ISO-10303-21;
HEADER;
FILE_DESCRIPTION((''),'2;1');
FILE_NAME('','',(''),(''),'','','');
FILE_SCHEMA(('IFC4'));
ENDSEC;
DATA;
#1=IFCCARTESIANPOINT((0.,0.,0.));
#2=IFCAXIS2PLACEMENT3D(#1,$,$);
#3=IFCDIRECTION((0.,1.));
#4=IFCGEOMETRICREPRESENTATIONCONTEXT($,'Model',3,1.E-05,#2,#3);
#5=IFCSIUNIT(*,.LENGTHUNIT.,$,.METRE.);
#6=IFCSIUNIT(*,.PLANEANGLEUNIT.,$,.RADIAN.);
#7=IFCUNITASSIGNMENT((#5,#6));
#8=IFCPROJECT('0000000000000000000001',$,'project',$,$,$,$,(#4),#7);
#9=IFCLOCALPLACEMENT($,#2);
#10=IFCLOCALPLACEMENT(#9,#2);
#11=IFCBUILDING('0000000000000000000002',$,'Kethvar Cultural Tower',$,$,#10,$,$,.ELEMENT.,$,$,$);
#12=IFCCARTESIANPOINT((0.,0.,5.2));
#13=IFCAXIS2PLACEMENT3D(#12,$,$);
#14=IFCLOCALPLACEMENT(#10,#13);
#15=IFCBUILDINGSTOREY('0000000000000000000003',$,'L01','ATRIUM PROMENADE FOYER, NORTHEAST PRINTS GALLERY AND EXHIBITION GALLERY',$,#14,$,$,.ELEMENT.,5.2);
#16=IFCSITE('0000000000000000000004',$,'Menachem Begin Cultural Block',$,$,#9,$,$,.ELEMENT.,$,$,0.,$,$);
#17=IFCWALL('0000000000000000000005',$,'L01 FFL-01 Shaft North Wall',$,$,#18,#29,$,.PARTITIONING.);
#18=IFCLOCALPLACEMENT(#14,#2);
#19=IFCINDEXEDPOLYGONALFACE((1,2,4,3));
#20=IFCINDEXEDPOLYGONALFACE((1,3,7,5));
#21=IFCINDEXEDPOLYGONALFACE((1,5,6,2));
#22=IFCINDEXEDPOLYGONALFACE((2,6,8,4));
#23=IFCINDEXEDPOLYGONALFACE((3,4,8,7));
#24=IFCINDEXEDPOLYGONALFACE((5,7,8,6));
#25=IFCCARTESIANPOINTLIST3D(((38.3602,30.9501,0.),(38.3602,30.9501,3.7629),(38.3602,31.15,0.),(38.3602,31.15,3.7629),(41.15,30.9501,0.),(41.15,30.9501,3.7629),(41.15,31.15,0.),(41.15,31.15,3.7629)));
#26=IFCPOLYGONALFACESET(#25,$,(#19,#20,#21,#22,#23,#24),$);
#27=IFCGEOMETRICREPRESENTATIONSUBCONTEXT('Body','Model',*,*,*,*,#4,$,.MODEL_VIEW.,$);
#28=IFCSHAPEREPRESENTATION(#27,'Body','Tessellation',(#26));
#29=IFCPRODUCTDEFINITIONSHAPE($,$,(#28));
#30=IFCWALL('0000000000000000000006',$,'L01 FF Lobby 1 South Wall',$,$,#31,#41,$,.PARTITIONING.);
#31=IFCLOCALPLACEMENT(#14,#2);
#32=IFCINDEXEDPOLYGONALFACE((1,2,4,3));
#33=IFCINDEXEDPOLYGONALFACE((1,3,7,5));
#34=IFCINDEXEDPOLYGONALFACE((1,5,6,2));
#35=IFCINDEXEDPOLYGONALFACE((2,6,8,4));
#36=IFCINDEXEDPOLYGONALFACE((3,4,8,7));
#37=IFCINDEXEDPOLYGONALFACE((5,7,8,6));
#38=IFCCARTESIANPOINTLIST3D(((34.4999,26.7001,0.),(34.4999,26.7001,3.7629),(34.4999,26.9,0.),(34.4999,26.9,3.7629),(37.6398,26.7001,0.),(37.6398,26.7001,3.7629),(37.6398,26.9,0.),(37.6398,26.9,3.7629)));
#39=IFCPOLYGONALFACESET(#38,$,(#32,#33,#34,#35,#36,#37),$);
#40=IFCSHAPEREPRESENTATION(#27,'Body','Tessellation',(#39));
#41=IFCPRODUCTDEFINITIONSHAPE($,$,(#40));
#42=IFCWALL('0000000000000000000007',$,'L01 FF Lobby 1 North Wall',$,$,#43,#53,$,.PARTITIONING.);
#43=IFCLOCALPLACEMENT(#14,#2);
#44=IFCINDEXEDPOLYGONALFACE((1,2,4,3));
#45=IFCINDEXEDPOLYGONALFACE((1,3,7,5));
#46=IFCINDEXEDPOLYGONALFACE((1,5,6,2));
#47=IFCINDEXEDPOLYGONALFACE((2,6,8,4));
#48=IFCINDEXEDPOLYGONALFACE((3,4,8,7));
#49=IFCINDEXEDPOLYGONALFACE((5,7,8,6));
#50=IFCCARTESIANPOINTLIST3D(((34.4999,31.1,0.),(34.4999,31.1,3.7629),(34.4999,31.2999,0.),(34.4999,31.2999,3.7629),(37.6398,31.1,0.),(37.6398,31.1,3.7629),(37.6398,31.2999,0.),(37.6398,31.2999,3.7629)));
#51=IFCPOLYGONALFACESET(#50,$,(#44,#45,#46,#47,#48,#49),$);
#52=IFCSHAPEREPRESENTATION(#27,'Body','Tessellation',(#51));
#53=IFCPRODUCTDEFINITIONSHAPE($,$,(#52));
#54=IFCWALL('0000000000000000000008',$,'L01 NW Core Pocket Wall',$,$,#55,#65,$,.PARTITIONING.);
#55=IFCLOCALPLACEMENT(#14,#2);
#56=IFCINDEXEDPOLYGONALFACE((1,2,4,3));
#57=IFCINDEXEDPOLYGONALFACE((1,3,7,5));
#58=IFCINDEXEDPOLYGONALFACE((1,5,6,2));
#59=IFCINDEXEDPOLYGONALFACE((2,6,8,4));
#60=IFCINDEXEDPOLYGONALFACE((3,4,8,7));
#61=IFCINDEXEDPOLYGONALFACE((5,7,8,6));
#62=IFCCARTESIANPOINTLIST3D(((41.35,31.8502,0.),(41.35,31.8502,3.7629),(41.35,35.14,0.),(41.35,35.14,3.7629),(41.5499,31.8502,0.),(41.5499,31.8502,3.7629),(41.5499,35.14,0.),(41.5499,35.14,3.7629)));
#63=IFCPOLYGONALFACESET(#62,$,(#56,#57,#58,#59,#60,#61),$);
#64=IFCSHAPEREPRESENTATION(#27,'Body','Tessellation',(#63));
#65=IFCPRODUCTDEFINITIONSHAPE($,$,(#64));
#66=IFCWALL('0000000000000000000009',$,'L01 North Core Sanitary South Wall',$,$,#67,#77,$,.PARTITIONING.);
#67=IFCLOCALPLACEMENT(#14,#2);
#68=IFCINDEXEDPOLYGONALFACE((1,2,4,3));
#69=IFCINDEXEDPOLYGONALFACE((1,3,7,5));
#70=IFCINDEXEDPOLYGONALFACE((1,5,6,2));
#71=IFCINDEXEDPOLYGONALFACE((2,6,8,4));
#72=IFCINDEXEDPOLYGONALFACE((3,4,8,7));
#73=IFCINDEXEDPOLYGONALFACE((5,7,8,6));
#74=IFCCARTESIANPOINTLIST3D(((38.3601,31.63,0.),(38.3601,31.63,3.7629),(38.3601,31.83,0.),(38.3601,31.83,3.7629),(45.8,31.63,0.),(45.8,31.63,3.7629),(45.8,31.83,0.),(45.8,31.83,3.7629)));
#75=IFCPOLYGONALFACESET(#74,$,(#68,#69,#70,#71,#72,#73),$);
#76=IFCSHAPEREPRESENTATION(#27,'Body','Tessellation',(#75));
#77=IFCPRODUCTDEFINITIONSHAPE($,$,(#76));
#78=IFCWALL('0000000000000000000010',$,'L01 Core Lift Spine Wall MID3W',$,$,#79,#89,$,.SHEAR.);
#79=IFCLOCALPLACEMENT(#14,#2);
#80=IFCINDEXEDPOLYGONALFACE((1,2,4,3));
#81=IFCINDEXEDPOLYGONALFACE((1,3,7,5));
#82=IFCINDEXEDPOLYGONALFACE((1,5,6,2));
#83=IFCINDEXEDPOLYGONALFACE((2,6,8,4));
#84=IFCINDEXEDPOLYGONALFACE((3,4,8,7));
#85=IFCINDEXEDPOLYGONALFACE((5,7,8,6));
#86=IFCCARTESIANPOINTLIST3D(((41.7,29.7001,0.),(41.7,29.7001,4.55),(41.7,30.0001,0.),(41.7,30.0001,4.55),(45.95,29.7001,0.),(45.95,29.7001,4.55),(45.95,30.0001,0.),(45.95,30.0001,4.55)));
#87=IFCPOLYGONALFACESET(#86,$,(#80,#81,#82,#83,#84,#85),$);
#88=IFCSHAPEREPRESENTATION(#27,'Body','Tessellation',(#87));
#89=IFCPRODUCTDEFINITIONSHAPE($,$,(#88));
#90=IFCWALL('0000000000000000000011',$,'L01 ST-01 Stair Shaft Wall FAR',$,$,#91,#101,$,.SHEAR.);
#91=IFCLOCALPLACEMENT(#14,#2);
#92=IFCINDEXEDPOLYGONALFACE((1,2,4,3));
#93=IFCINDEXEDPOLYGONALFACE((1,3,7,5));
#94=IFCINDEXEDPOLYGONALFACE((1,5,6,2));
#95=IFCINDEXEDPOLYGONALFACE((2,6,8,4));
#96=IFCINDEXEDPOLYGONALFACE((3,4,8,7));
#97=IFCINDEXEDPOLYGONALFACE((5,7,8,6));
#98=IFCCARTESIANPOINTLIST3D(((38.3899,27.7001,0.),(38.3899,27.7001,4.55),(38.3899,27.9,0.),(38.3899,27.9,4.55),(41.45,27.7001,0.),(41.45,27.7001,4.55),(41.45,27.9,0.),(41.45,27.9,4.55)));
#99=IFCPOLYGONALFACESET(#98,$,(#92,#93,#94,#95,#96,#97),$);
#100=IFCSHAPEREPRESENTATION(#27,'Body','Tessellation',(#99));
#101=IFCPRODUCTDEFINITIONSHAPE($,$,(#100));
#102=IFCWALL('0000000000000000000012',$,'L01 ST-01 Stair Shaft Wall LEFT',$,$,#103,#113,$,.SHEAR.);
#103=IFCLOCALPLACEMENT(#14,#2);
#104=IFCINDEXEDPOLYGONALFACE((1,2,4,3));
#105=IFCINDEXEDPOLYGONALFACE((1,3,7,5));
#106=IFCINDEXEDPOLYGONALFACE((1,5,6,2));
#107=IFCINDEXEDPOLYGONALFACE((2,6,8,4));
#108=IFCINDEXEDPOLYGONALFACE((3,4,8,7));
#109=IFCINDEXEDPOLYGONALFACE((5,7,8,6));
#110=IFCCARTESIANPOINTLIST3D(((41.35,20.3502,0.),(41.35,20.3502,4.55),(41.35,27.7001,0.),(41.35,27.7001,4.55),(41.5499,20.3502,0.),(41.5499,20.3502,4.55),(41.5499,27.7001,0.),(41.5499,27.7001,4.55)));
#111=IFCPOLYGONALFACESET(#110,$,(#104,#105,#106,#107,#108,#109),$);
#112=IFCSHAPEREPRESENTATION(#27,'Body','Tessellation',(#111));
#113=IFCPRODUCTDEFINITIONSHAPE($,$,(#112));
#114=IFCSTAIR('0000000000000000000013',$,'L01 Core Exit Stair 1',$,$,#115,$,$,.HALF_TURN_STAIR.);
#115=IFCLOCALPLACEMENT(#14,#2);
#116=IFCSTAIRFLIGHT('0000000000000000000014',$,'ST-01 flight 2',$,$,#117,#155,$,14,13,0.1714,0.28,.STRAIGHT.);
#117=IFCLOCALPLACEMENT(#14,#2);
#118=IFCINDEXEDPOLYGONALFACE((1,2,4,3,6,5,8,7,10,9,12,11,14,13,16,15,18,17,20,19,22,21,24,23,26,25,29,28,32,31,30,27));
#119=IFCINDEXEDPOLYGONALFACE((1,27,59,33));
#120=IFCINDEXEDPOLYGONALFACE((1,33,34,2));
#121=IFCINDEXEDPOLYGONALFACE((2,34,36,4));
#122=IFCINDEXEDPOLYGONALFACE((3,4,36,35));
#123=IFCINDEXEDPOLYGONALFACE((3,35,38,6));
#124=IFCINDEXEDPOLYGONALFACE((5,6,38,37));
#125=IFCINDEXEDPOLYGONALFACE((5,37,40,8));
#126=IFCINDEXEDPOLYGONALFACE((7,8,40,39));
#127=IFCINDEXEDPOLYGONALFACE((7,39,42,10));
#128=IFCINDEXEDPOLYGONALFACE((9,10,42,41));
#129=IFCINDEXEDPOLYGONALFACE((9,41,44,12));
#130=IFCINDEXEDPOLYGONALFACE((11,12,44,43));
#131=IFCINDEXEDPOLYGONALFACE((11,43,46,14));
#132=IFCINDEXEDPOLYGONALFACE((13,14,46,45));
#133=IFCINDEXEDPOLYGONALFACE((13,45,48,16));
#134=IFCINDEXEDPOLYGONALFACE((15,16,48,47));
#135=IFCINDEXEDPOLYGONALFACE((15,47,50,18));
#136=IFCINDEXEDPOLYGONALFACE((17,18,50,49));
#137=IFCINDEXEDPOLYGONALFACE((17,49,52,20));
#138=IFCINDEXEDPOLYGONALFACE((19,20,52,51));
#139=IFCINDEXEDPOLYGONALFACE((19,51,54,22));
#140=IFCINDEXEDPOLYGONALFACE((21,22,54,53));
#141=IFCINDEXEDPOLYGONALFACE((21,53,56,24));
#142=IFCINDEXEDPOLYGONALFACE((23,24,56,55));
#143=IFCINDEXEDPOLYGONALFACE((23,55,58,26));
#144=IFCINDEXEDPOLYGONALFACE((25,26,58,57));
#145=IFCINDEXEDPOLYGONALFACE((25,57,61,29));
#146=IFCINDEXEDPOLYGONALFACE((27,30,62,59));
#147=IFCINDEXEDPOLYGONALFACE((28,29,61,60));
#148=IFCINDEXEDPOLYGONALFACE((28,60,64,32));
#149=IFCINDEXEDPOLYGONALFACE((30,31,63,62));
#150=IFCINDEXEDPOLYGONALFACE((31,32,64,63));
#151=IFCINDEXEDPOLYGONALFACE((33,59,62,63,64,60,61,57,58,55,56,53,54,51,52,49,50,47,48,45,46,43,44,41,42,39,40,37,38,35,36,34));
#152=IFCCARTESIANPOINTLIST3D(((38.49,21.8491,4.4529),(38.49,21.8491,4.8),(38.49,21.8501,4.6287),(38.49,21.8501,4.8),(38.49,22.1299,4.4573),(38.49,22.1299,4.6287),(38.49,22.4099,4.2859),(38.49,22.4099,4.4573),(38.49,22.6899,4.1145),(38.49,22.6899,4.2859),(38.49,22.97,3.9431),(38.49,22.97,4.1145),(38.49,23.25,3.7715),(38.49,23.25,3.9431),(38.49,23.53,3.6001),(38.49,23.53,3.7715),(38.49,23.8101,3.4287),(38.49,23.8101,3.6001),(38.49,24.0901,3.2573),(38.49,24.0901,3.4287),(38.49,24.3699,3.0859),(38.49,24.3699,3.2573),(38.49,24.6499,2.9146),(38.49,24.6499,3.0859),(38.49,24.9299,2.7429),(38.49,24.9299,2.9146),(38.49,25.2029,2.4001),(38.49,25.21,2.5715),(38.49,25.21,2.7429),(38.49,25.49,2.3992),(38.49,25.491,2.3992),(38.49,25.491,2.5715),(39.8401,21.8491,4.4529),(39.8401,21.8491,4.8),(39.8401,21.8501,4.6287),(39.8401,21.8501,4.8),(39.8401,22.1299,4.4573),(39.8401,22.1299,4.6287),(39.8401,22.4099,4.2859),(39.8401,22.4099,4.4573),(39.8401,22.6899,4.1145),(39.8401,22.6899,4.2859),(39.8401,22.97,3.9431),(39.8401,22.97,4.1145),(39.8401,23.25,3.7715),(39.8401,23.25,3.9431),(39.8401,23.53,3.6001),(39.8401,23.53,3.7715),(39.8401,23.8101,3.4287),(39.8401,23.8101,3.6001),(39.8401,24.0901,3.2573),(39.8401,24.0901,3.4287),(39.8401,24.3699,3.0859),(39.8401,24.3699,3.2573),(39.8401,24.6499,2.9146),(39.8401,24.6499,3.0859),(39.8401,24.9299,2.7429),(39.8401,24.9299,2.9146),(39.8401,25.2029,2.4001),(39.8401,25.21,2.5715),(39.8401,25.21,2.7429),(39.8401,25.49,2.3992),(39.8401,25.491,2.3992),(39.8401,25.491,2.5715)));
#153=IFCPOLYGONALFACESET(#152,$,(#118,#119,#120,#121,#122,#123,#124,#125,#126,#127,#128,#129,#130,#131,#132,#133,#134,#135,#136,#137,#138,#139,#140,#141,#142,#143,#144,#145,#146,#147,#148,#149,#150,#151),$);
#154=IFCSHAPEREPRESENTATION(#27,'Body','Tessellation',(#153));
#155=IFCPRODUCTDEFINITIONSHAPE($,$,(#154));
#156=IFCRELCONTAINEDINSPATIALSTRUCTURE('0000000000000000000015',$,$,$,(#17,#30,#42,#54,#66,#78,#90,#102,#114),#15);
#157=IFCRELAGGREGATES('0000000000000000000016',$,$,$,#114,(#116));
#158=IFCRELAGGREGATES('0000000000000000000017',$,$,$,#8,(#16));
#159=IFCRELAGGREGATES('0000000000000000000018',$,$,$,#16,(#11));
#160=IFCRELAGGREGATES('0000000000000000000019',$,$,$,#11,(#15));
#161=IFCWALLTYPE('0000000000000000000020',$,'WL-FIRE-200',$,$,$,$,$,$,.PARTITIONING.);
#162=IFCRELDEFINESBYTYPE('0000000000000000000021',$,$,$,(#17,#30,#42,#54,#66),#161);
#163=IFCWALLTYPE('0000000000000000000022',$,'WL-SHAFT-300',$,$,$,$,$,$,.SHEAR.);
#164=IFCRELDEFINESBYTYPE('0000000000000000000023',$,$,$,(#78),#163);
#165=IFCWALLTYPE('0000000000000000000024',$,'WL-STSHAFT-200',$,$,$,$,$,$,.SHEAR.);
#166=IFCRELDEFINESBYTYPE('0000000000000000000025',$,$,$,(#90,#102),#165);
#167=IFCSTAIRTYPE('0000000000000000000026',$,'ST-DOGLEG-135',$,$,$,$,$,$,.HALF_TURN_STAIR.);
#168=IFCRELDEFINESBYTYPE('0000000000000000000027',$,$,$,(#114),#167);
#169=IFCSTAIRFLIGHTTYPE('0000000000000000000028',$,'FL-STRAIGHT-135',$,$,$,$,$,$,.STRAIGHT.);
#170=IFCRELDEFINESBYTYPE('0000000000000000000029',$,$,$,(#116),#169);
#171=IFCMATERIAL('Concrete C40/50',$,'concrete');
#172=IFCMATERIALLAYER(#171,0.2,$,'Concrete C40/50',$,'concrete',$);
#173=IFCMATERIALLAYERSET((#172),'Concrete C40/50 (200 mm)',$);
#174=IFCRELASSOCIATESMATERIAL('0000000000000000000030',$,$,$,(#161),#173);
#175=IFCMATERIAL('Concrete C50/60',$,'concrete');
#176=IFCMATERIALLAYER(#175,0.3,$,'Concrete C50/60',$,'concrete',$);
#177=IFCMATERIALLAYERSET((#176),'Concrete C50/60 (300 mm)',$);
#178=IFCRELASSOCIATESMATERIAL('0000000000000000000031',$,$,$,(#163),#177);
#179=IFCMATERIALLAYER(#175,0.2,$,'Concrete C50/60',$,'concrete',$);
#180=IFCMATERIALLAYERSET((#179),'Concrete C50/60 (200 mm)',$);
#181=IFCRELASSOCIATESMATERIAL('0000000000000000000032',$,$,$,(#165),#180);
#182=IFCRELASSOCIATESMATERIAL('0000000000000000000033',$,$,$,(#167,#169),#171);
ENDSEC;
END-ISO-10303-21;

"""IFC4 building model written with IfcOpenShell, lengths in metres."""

from ifc_helpers import new_model, si_unit, direction, frame, frame_2d, origin, place, context, subcontext, project, spatial, polyline, rectangle, outline, extrude, material, layer, layer_set, type_object, element, aggregate, save


model = new_model("IFC4")

# Units and contexts
model_context = context("Model", 3, precision=1e-05, world=origin(), true_north=direction((0.0, 1.0)))
body_context = subcontext(model_context, "Body", "Model", "MODEL_VIEW")
ifc_project = project(units=[si_unit("LENGTHUNIT", "METRE"), si_unit("PLANEANGLEUNIT", "RADIAN")], contexts=[model_context])

# Site, building, storey
site_placement = place(None, origin())
site = spatial("IfcSite", under=ifc_project, at=site_placement, Name="Menachem Begin Cultural Block", CompositionType="ELEMENT", RefElevation=0.0)
building_placement = place(site_placement, origin())
building = spatial("IfcBuilding", under=site, at=building_placement, Name="Kethvar Cultural Tower", CompositionType="ELEMENT")
storey_placement = place(building_placement, frame((0.0, 0.0, 5.2)))
storey = spatial("IfcBuildingStorey", under=building, at=storey_placement, Name="L01", Description="ATRIUM PROMENADE FOYER, NORTHEAST PRINTS GALLERY AND EXHIBITION GALLERY", CompositionType="ELEMENT", Elevation=5.2)

# Wall
ifc_material_1 = material(Name="Concrete C40/50", Category="concrete")
ifc_layer_1 = layer(ifc_material_1, 0.2, Name="Concrete C40/50", Category="concrete")
ifc_layer_set_1 = layer_set([ifc_layer_1], Name="Concrete C40/50 (200 mm)")
wall_type_1 = type_object("IfcWallType", Name="WL-FIRE-200", PredefinedType="PARTITIONING", material=ifc_layer_set_1)
for number, where, z_axis, x_axis, name in (
    (1, (38.3601, 31.05, 0.0), (0.0, 0.0, 1.0), (1.0, 0.0, 0.0), "L01 FFL-01 Shaft North Wall"),
):
    element("IfcWall", number, at=place(storey_placement, frame(where, z_axis=z_axis, x_axis=x_axis)), inside=storey, type_object=wall_type_1, Name=name, PredefinedType="PARTITIONING", context=body_context, shape_type="SweptSolid", body=[
        extrude(rectangle(XDim=2.7898, YDim=0.2, at=frame_2d((1.395, 0.0))), origin(), (0.0, 0.0, 1.0), 3.7629),
    ])

# Walls
for number, where, z_axis, x_axis, name in (
    (2, (34.5, 26.8, 0.0), (0.0, 0.0, 1.0), (1.0, 0.0, 0.0), "L01 FF Lobby 1 South Wall"),
    (3, (34.5, 31.2, 0.0), (0.0, 0.0, 1.0), (1.0, 0.0, 0.0), "L01 FF Lobby 1 North Wall"),
):
    element("IfcWall", number, at=place(storey_placement, frame(where, z_axis=z_axis, x_axis=x_axis)), inside=storey, type_object=wall_type_1, Name=name, PredefinedType="PARTITIONING", context=body_context, shape_type="SweptSolid", body=[
        extrude(rectangle(XDim=3.1399, YDim=0.2, at=frame_2d((1.5698, 0.0))), origin(), (0.0, 0.0, 1.0), 3.7629),
    ])
wall_1_placement = place(storey_placement, frame((41.45, 31.8501, 0.0), z_axis=(0.0, 0.0, 1.0), x_axis=(0.0, 1.0, 0.0)))
element("IfcWall", 4, at=wall_1_placement, inside=storey, type_object=wall_type_1, Name="L01 NW Core Pocket Wall", PredefinedType="PARTITIONING", context=body_context, shape_type="SweptSolid", body=[
    extrude(rectangle(XDim=3.2898, YDim=0.2, at=frame_2d((1.645, 0.0))), origin(), (0.0, 0.0, 1.0), 3.7629),
])
wall_2_placement = place(storey_placement, frame((38.3601, 31.73, 0.0), z_axis=(0.0, 0.0, 1.0), x_axis=(1.0, 0.0, 0.0)))
element("IfcWall", 5, at=wall_2_placement, inside=storey, type_object=wall_type_1, Name="L01 North Core Sanitary South Wall", PredefinedType="PARTITIONING", context=body_context, shape_type="SweptSolid", body=[
    extrude(rectangle(XDim=7.4399, YDim=0.2, at=frame_2d((3.72, 0.0))), origin(), (0.0, 0.0, 1.0), 3.7629),
])
ifc_material_2 = material(Name="Concrete C50/60", Category="concrete")
ifc_layer_2 = layer(ifc_material_2, 0.3, Name="Concrete C50/60", Category="concrete")
ifc_layer_set_2 = layer_set([ifc_layer_2], Name="Concrete C50/60 (300 mm)")
wall_type_2 = type_object("IfcWallType", Name="WL-SHAFT-300", PredefinedType="SHEAR", material=ifc_layer_set_2)
wall_3_placement = place(storey_placement, frame((41.7, 29.8501, 0.0), z_axis=(0.0, 0.0, 1.0), x_axis=(1.0, 0.0, 0.0)))
element("IfcWall", 6, at=wall_3_placement, inside=storey, type_object=wall_type_2, Name="L01 Core Lift Spine Wall MID3W", PredefinedType="SHEAR", context=body_context, shape_type="SweptSolid", body=[
    extrude(rectangle(XDim=4.25, YDim=0.3, at=frame_2d((2.125, 0.0))), origin(), (0.0, 0.0, 1.0), 4.55),
])
ifc_layer_3 = layer(ifc_material_2, 0.2, Name="Concrete C50/60", Category="concrete")
ifc_layer_set_3 = layer_set([ifc_layer_3], Name="Concrete C50/60 (200 mm)")
wall_type_3 = type_object("IfcWallType", Name="WL-STSHAFT-200", PredefinedType="SHEAR", material=ifc_layer_set_3)
wall_4_placement = place(storey_placement, frame((38.3899, 27.8, 0.0), z_axis=(0.0, 0.0, 1.0), x_axis=(1.0, 0.0, 0.0)))
element("IfcWall", 7, at=wall_4_placement, inside=storey, type_object=wall_type_3, Name="L01 ST-01 Stair Shaft Wall FAR", PredefinedType="SHEAR", context=body_context, shape_type="SweptSolid", body=[
    extrude(rectangle(XDim=3.0601, YDim=0.2, at=frame_2d((1.53, 0.0))), origin(), (0.0, 0.0, 1.0), 4.55),
])
wall_5_placement = place(storey_placement, frame((41.45, 27.7, 0.0), z_axis=(0.0, 0.0, 1.0), x_axis=(0.0, -1.0, 0.0)))
element("IfcWall", 8, at=wall_5_placement, inside=storey, type_object=wall_type_3, Name="L01 ST-01 Stair Shaft Wall LEFT", PredefinedType="SHEAR", context=body_context, shape_type="SweptSolid", body=[
    extrude(rectangle(XDim=7.3499, YDim=0.2, at=frame_2d((3.6748, 0.0))), origin(), (0.0, 0.0, 1.0), 4.55),
])

# Stair, stair flight
stair_type = type_object("IfcStairType", Name="ST-DOGLEG-135", PredefinedType="HALF_TURN_STAIR", material=ifc_material_1)
stair_placement = place(storey_placement, origin())
stair = element("IfcStair", 9, at=stair_placement, inside=storey, type_object=stair_type, Name="L01 Core Exit Stair 1", PredefinedType="HALF_TURN_STAIR")
stair_flight_type = type_object("IfcStairFlightType", Name="FL-STRAIGHT-135", PredefinedType="STRAIGHT", material=ifc_material_1)
stair_flight_placement = place(storey_placement, frame((39.165, 25.49, 2.4001), z_axis=(0.0, 0.0, 1.0), x_axis=(0.0, -1.0, 0.0)))
stair_flight = element("IfcStairFlight", 10, at=stair_flight_placement, type_object=stair_flight_type, Name="ST-01 flight 2", NumberOfRisers=14, NumberOfTreads=13, PredefinedType="STRAIGHT", RiserHeight=0.1714, TreadLength=0.28, context=body_context, shape_type="SweptSolid", body=[
    extrude(outline(polyline([(-0.001, -0.001), (-0.001, 0.1714), (0.28, 0.1714), (0.28, 0.3428), (0.5601, 0.3428), (0.5601, 0.5144), (0.8401, 0.5144), (0.8401, 0.6858), (1.1201, 0.6858), (1.1201, 0.8572), (1.3999, 0.8572), (1.3999, 1.0286), (1.6799, 1.0286), (1.6799, 1.2), (1.96, 1.2), (1.96, 1.3713), (2.24, 1.3713), (2.24, 1.543), (2.52, 1.543), (2.52, 1.7144), (2.8, 1.7144), (2.8, 1.8857), (3.0801, 1.8857), (3.0801, 2.0571), (3.3601, 2.0571), (3.3601, 2.2285), (3.6399, 2.2285), (3.6399, 2.3999), (3.6409, 2.3999), (3.6409, 2.0527), (0.2871, 0.0), (0.0, -0.001), (-0.001, -0.001)])), frame((0.0, 0.675, 0.0), z_axis=(0.0, -1.0, 0.0), x_axis=(1.0, 0.0, 0.0)), (0.0, 0.0, 1.0), 1.3501),
])
aggregate(stair, [stair_flight])

save(model, "model.ifc")
